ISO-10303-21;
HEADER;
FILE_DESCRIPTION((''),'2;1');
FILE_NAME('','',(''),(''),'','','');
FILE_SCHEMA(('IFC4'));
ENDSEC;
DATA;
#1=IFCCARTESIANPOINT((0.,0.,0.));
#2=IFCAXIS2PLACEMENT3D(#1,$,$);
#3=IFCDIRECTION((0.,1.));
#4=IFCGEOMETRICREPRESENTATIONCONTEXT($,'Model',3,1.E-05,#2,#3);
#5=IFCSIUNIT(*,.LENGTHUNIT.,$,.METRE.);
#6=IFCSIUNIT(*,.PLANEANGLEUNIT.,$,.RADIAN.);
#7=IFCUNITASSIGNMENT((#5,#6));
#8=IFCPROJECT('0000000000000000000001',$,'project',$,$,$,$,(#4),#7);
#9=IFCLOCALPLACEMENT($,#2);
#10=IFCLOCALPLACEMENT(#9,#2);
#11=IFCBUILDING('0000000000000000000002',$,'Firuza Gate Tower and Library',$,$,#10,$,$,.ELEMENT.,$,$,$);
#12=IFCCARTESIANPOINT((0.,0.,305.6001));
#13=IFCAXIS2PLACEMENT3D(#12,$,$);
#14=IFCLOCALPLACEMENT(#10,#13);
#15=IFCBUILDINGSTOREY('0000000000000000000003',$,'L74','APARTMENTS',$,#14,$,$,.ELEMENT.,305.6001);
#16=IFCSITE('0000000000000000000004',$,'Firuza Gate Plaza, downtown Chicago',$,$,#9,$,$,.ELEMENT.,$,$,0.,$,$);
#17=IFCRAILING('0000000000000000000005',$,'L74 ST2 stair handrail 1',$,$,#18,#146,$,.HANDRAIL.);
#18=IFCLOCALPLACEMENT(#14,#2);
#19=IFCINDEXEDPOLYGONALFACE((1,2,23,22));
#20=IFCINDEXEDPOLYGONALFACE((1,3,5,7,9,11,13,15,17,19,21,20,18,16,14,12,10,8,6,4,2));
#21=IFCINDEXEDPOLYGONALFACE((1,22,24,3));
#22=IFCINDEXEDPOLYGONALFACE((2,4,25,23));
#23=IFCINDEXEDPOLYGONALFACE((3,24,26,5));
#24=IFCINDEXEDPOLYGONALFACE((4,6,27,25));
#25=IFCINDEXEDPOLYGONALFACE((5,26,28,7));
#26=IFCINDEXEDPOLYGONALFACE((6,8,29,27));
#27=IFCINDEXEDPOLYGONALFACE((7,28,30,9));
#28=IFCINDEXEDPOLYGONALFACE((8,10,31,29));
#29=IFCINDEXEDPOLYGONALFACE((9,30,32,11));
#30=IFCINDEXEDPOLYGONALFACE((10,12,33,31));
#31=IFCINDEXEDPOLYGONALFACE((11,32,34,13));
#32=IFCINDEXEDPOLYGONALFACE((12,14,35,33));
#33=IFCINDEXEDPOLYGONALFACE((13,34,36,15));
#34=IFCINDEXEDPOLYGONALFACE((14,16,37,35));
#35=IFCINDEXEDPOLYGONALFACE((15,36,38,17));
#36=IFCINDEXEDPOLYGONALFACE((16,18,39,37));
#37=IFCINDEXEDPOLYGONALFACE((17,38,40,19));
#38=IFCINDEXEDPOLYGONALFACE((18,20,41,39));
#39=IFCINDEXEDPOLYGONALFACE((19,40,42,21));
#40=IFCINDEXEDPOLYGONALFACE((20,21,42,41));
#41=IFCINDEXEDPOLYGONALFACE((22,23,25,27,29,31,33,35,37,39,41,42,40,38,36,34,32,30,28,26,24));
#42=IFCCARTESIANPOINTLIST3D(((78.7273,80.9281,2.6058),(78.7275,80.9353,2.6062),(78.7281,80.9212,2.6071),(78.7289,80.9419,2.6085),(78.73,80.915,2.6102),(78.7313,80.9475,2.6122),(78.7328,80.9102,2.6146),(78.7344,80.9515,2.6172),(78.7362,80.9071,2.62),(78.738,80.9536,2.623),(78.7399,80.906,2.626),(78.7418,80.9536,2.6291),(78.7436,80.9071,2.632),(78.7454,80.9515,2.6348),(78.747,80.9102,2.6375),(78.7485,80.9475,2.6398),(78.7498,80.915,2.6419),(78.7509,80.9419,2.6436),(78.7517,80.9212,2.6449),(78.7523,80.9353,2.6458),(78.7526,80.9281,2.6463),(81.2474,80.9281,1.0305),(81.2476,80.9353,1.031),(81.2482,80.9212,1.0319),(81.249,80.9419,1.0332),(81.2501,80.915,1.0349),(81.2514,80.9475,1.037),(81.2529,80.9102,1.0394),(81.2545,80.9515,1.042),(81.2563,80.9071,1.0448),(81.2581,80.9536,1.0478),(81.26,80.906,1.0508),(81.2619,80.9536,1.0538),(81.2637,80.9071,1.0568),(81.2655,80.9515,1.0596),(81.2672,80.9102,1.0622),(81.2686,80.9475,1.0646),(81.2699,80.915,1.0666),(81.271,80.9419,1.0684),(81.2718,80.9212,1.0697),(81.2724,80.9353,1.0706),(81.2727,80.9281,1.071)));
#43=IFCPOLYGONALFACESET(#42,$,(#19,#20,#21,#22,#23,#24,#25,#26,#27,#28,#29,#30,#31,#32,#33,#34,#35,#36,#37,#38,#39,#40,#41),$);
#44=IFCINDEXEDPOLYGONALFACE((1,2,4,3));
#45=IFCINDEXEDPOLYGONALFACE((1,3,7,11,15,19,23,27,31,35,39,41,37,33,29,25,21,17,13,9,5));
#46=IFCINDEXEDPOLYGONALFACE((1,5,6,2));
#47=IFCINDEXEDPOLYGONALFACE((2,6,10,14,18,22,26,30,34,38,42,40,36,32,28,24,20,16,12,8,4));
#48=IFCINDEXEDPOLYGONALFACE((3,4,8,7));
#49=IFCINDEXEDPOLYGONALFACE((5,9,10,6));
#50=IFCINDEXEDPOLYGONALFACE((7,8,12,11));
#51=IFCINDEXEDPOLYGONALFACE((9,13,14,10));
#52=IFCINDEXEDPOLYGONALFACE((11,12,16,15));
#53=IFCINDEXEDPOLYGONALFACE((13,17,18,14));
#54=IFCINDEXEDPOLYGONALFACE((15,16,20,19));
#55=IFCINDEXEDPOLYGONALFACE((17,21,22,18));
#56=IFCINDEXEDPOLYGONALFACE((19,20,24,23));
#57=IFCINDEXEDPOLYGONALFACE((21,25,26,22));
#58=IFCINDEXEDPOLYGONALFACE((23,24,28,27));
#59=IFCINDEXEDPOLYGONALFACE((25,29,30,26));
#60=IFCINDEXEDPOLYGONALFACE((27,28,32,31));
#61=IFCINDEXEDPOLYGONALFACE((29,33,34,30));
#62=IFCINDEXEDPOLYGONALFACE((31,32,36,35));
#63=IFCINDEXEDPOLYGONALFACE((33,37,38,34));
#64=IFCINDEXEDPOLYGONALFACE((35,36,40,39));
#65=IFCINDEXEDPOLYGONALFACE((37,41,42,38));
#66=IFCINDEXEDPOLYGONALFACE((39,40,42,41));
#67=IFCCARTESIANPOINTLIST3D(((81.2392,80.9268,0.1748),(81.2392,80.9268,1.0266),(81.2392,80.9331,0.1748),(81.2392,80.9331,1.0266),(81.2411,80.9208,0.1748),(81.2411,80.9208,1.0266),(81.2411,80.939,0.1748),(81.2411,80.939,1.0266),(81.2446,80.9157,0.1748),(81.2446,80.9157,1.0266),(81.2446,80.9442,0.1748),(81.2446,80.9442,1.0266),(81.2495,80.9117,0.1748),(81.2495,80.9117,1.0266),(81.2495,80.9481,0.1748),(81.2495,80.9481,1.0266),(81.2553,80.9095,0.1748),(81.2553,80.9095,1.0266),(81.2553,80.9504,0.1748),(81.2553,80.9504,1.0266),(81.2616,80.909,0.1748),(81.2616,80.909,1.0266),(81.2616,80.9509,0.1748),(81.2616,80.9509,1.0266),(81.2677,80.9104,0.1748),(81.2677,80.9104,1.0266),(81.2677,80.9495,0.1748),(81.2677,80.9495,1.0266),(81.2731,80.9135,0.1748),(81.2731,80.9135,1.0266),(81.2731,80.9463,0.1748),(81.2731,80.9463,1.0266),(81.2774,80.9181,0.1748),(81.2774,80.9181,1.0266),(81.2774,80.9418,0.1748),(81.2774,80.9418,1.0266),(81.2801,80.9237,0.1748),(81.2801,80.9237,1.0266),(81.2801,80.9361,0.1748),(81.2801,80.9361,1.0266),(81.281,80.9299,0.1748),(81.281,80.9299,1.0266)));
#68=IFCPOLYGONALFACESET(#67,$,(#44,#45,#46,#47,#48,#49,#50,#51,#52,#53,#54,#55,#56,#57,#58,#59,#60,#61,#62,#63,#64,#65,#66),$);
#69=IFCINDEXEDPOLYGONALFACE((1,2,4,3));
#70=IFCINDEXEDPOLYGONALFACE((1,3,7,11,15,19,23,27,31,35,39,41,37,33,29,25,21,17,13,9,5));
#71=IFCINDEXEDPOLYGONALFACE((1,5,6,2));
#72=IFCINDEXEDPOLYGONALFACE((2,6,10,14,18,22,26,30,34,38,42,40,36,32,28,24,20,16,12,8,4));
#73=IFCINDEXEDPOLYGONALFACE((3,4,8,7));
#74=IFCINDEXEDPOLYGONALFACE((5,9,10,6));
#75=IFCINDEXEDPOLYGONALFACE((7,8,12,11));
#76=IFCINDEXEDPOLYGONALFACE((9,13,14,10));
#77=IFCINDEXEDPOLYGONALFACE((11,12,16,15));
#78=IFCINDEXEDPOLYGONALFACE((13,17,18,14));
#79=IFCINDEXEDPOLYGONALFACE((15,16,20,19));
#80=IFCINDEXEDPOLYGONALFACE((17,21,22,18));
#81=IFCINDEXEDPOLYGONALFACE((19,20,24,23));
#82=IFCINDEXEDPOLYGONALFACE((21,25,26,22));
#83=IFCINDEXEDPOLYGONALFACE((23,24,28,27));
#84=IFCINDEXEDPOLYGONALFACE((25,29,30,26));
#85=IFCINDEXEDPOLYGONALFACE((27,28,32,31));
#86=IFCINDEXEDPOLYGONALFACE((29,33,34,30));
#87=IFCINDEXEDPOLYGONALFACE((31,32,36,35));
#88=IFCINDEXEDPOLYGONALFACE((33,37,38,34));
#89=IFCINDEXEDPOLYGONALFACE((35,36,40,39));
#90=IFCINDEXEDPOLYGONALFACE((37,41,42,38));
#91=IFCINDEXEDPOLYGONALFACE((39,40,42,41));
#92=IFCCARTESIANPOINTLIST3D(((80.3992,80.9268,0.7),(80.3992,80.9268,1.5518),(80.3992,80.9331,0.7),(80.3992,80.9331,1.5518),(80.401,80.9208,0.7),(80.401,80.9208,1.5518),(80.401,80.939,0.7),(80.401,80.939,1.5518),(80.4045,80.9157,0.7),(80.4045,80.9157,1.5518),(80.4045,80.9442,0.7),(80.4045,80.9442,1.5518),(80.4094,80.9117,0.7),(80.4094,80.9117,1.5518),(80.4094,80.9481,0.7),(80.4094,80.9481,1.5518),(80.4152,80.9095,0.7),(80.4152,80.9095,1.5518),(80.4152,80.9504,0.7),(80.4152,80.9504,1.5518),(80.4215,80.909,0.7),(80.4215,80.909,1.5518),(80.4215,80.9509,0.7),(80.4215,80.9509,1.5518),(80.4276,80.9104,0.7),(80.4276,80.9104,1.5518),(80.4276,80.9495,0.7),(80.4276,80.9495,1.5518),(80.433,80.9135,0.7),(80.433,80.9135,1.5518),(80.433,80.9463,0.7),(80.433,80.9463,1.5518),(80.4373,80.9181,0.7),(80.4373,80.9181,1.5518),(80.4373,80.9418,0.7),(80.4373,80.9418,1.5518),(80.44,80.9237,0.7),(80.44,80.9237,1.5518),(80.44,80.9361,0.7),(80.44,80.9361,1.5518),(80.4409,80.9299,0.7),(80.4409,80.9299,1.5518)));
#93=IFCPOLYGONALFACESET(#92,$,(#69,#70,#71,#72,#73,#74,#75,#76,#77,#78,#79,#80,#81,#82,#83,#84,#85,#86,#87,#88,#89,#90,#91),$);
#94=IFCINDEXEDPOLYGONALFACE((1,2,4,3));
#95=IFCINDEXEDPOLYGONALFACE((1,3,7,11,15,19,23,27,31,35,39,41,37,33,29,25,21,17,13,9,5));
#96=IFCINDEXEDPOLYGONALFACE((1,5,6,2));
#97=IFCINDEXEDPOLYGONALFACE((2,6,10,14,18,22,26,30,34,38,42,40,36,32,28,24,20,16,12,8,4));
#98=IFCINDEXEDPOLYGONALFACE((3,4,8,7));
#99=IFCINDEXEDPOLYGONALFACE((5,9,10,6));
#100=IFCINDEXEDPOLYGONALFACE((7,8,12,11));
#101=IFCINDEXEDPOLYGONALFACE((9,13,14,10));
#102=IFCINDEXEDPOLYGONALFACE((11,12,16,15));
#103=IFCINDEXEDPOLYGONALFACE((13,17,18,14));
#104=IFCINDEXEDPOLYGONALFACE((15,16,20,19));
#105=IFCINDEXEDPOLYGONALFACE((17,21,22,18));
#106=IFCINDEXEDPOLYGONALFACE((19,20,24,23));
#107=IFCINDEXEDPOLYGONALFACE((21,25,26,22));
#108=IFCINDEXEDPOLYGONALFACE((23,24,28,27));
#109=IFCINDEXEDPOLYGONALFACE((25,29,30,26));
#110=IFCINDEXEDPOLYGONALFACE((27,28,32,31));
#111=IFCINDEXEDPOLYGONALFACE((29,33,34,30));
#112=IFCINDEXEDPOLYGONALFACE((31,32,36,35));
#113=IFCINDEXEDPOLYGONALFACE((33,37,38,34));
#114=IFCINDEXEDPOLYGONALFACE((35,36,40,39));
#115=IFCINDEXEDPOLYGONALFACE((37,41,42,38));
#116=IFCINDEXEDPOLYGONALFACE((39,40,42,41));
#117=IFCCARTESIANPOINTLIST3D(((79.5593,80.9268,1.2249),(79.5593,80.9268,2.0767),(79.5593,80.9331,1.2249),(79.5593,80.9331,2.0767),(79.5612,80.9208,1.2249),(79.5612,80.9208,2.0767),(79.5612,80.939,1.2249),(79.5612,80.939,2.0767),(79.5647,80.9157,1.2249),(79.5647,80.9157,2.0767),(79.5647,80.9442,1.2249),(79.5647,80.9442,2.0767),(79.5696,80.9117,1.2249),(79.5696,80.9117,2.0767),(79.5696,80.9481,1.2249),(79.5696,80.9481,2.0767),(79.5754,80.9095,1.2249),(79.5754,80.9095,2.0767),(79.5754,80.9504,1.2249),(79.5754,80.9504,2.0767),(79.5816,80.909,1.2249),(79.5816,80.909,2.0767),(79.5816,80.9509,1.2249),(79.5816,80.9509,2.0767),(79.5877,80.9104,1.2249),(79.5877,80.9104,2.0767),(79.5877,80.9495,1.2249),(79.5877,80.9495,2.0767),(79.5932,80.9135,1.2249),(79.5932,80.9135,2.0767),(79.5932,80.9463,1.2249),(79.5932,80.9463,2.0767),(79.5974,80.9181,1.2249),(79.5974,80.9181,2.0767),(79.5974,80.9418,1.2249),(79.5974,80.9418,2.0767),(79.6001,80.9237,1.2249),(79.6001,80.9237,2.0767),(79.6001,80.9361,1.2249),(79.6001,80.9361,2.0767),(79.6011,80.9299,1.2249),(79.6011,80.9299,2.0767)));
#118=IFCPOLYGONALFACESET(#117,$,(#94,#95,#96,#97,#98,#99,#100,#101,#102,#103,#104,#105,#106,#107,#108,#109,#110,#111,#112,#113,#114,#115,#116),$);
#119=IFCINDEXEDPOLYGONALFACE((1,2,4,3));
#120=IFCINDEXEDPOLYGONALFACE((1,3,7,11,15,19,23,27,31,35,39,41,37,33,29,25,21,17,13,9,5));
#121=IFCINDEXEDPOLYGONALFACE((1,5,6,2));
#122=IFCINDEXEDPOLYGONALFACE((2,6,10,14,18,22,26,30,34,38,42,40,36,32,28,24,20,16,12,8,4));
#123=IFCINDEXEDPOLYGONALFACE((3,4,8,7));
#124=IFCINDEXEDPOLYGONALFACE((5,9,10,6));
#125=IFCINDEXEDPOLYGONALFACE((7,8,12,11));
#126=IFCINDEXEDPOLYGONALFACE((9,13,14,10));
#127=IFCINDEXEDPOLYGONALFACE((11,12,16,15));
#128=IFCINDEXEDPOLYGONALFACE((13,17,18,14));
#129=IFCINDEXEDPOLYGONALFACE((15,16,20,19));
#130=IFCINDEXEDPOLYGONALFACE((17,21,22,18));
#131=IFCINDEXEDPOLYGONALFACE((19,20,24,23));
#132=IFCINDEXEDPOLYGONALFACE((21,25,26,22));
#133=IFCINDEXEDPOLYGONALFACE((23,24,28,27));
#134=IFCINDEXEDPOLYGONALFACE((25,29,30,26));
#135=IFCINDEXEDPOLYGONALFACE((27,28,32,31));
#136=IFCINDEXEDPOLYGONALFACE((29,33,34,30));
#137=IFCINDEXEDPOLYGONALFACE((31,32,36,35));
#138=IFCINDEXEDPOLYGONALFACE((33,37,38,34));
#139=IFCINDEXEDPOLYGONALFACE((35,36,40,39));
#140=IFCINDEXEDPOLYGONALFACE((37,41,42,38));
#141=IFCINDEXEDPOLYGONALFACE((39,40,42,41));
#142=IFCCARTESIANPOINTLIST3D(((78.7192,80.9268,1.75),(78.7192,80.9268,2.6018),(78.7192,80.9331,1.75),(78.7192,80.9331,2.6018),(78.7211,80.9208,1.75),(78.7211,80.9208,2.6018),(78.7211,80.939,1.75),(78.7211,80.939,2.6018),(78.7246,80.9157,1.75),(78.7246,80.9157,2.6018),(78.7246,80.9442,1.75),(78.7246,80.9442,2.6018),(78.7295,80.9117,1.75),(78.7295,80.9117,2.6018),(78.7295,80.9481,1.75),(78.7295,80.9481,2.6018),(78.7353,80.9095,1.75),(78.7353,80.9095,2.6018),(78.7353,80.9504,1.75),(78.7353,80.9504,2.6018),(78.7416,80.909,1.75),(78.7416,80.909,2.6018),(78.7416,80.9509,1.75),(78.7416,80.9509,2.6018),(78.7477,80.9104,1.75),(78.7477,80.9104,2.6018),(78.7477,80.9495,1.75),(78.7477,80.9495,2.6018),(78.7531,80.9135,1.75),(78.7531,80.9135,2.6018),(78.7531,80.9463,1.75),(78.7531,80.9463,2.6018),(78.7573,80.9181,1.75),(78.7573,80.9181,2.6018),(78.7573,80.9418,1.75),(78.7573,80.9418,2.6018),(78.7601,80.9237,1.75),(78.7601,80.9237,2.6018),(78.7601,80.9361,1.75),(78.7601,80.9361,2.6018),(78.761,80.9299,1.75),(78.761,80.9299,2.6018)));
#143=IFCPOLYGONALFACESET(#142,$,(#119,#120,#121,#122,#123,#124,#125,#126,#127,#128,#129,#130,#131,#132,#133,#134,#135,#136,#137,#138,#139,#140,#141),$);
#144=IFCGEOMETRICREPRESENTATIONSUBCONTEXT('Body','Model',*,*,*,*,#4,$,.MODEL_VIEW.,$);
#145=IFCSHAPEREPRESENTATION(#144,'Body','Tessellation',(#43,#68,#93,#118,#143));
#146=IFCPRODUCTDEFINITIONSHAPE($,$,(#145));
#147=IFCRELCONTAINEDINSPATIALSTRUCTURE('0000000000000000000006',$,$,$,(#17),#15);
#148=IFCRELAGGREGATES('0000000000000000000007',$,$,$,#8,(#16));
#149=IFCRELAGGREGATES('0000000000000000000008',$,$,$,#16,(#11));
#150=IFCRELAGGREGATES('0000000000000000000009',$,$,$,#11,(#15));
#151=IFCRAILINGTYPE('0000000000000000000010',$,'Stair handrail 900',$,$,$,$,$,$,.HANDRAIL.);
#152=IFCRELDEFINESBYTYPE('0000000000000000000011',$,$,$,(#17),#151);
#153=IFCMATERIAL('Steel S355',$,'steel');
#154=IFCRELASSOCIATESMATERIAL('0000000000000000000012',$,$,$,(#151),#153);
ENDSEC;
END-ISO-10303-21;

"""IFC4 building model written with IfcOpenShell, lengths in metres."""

from ifc_helpers import new_model, si_unit, direction, frame, origin, origin_2d, place, context, subcontext, project, spatial, circle, extrude, material, type_object, element, save


model = new_model("IFC4")

# Units and contexts
model_context = context("Model", 3, precision=1e-05, world=origin(), true_north=direction((0.0, 1.0)))
body_context = subcontext(model_context, "Body", "Model", "MODEL_VIEW")
ifc_project = project(units=[si_unit("LENGTHUNIT", "METRE"), si_unit("PLANEANGLEUNIT", "RADIAN")], contexts=[model_context])

# Site, building, storey
site_placement = place(None, origin())
site = spatial("IfcSite", under=ifc_project, at=site_placement, Name="Firuza Gate Plaza, downtown Chicago", CompositionType="ELEMENT", RefElevation=0.0)
building_placement = place(site_placement, origin())
building = spatial("IfcBuilding", under=site, at=building_placement, Name="Firuza Gate Tower and Library", CompositionType="ELEMENT")
storey_placement = place(building_placement, frame((0.0, 0.0, 305.6001)))
storey = spatial("IfcBuildingStorey", under=building, at=storey_placement, Name="L74", Description="APARTMENTS", CompositionType="ELEMENT", Elevation=305.6001)

# Railing
ifc_material_1 = material(Name="Steel S355", Category="steel")
railing_type_1 = type_object("IfcRailingType", Name="Stair handrail 900", PredefinedType="HANDRAIL", material=ifc_material_1)
railing_1_placement = place(storey_placement, frame((81.26, 80.9299, 0.1748)))
element("IfcRailing", 1, at=railing_1_placement, inside=storey, type_object=railing_type_1, Name="L74 ST2 stair handrail 1", PredefinedType="HANDRAIL", context=body_context, shape_type="SweptSolid", body=[
    extrude(circle(Radius=0.0239, at=origin_2d()), frame((0.0, 0.0, 0.876), z_axis=(-0.847971, 0.0, 0.530043), x_axis=(0.0, -1.0, 0.0)), (0.0, 0.0, 1.0), 2.9719),
    extrude(circle(Radius=0.021, at=origin_2d()), origin(), (0.0, 0.0, 1.0), 0.8518),
    extrude(circle(Radius=0.021, at=origin_2d()), frame((-0.8401, 0.0, 0.5251)), (0.0, 0.0, 1.0), 0.8518),
    extrude(circle(Radius=0.021, at=origin_2d()), frame((-1.6799, 0.0, 1.05)), (0.0, 0.0, 1.0), 0.8518),
    extrude(circle(Radius=0.021, at=origin_2d()), frame((-2.52, 0.0, 1.5752)), (0.0, 0.0, 1.0), 0.8518),
])

save(model, "model.ifc")
